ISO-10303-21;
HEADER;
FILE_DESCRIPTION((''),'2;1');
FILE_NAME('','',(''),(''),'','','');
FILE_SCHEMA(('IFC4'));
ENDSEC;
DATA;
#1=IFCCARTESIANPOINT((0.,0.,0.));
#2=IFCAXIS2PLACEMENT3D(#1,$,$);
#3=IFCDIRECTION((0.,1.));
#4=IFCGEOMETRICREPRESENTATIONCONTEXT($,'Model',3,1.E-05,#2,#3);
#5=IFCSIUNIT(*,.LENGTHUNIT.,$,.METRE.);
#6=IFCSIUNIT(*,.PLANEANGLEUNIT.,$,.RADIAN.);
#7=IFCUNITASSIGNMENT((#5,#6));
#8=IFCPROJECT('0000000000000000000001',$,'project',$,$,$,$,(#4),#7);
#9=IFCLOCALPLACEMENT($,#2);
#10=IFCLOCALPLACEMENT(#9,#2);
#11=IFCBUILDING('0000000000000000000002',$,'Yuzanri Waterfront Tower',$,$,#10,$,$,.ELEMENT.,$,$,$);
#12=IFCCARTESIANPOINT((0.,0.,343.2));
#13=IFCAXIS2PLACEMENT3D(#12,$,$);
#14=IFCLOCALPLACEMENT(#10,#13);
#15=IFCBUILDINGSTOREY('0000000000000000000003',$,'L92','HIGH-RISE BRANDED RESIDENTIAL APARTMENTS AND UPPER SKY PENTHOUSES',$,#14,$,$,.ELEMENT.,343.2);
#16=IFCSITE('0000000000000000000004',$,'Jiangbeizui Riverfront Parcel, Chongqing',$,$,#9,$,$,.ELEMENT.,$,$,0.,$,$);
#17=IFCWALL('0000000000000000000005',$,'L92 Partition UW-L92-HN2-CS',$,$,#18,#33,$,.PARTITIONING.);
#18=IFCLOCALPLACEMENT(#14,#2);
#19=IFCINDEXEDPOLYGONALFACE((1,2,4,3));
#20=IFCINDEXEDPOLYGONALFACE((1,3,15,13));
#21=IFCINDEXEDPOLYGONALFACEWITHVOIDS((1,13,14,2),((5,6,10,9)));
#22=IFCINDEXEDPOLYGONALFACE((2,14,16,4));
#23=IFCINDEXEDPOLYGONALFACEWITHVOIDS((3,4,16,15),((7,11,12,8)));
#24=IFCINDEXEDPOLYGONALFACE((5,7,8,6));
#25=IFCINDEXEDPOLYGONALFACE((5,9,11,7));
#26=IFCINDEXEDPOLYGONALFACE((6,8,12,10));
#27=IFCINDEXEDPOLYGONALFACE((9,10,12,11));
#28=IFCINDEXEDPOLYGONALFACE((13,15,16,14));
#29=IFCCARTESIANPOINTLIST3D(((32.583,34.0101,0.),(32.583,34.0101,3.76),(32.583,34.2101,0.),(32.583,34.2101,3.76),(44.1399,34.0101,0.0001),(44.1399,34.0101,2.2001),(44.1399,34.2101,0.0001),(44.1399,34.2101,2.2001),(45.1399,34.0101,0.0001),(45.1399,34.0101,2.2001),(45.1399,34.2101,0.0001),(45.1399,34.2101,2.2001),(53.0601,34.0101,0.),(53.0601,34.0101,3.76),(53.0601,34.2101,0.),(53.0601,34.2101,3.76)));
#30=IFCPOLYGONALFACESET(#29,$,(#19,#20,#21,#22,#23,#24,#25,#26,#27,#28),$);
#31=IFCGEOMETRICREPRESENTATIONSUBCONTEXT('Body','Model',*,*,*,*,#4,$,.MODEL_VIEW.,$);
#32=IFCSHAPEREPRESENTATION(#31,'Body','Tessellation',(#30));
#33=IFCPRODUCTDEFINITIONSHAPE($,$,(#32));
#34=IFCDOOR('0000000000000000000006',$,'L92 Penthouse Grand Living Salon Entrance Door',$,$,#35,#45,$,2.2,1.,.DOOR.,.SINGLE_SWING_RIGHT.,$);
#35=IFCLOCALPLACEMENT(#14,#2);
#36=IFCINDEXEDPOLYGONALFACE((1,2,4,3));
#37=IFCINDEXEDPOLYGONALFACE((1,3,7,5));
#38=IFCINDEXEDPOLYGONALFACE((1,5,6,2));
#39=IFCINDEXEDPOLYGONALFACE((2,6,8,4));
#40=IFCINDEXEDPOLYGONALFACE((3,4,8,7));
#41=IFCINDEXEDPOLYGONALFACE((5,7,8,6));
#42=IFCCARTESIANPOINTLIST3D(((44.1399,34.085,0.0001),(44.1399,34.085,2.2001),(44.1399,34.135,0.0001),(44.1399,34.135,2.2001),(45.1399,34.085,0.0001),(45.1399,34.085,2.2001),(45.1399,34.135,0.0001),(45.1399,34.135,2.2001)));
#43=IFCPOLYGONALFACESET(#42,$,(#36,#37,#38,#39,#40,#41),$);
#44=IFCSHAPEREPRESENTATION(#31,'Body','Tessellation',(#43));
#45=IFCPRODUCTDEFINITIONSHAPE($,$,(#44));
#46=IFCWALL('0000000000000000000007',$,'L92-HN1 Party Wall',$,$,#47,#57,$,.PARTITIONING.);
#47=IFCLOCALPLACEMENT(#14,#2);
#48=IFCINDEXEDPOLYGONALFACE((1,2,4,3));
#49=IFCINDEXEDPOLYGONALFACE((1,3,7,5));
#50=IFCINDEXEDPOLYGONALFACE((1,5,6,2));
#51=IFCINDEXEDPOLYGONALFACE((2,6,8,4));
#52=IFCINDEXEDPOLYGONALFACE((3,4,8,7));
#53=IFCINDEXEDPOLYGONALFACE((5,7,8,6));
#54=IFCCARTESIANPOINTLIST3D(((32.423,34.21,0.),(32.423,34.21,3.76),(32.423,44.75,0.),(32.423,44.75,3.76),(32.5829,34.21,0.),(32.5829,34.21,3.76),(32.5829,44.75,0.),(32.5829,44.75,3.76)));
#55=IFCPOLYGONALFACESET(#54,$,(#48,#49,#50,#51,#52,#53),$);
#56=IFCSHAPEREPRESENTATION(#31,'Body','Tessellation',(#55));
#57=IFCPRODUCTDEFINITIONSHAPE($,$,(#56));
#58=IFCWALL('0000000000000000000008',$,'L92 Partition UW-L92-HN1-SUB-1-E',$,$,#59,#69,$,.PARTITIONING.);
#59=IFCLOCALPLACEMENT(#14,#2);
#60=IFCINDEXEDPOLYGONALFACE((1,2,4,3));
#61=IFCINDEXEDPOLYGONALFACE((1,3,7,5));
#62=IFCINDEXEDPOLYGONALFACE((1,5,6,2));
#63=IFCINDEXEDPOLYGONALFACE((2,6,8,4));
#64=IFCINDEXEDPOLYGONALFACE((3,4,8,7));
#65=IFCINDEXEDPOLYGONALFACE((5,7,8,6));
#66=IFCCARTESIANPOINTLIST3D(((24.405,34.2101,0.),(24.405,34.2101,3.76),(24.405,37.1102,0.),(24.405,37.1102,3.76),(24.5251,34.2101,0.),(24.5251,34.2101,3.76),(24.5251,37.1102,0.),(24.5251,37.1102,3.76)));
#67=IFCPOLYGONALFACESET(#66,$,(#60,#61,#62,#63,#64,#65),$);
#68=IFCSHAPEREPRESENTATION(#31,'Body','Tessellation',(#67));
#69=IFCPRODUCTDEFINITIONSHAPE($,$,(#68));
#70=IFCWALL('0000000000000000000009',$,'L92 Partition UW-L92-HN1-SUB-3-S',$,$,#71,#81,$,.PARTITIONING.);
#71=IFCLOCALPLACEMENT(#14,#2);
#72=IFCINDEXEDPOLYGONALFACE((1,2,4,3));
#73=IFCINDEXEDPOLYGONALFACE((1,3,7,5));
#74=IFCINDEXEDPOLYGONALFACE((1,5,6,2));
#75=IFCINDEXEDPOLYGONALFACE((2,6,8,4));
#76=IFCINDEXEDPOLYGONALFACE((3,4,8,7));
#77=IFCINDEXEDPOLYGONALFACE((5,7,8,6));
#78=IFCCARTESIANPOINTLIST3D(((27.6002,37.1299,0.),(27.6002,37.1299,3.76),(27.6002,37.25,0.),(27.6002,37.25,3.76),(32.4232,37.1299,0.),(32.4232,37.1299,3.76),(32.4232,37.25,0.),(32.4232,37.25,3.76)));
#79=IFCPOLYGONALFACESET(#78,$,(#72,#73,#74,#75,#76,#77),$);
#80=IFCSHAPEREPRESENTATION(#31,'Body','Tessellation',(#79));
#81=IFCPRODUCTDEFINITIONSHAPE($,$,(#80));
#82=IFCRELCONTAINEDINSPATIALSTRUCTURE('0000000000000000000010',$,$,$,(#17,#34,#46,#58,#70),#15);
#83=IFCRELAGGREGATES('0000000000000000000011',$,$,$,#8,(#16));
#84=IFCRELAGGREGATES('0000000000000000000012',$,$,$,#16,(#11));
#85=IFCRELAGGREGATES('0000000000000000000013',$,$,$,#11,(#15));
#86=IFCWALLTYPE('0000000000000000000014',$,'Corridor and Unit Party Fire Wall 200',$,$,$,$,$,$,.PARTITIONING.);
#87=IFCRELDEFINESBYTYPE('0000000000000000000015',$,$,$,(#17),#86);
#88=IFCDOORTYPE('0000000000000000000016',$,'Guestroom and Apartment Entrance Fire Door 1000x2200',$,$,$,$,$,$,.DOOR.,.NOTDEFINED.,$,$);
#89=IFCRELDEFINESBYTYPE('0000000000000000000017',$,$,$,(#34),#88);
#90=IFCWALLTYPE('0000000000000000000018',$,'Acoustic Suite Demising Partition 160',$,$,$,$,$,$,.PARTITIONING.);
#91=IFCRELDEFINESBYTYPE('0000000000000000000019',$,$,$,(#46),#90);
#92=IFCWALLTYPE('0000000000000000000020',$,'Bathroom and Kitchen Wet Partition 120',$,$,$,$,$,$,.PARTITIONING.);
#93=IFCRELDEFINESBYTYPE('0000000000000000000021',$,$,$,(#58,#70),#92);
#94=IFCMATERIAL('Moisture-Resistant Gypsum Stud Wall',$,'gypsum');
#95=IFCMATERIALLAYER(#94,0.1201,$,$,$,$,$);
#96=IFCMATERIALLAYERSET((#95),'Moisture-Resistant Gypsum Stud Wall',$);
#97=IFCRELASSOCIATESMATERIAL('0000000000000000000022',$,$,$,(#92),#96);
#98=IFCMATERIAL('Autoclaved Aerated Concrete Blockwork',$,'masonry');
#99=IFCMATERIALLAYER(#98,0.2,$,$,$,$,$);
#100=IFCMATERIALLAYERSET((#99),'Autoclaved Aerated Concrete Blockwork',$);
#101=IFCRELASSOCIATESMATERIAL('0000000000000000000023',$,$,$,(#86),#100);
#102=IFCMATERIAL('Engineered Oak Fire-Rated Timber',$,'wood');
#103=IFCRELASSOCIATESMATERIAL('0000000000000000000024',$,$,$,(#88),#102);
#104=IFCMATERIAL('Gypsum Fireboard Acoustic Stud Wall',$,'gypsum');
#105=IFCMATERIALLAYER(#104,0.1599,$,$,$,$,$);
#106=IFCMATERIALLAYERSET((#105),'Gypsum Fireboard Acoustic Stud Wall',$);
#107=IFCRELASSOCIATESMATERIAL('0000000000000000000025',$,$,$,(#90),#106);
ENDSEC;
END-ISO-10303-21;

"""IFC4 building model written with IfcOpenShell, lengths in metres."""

from ifc_helpers import new_model, si_unit, direction, frame, frame_2d, origin, place, context, subcontext, project, spatial, rectangle, extrude, source, transform, mapped, material, layer, layer_set, type_object, element, fill, save


model = new_model("IFC4")

# Units and contexts
model_context = context("Model", 3, precision=1e-05, world=origin(), true_north=direction((0.0, 1.0)))
body_context = subcontext(model_context, "Body", "Model", "MODEL_VIEW")
ifc_project = project(units=[si_unit("LENGTHUNIT", "METRE"), si_unit("PLANEANGLEUNIT", "RADIAN")], contexts=[model_context])

# Site, building, storey
site_placement = place(None, origin())
site = spatial("IfcSite", under=ifc_project, at=site_placement, Name="Jiangbeizui Riverfront Parcel, Chongqing", CompositionType="ELEMENT", RefElevation=0.0)
building_placement = place(site_placement, origin())
building = spatial("IfcBuilding", under=site, at=building_placement, Name="Yuzanri Waterfront Tower", CompositionType="ELEMENT")
storey_placement = place(building_placement, frame((0.0, 0.0, 343.2)))
storey = spatial("IfcBuildingStorey", under=building, at=storey_placement, Name="L92", Description="HIGH-RISE BRANDED RESIDENTIAL APARTMENTS AND UPPER SKY PENTHOUSES", CompositionType="ELEMENT", Elevation=343.2)

# Wall, opening, door
ifc_material_1 = material(Name="Moisture-Resistant Gypsum Stud Wall", Category="gypsum")
ifc_layer_1 = layer(ifc_material_1, 0.1201)
ifc_layer_set_1 = layer_set([ifc_layer_1], Name="Moisture-Resistant Gypsum Stud Wall")
wall_type_1 = type_object("IfcWallType", Name="Bathroom and Kitchen Wet Partition 120", PredefinedType="PARTITIONING", material=ifc_layer_set_1)
ifc_material_2 = material(Name="Autoclaved Aerated Concrete Blockwork", Category="masonry")
ifc_layer_2 = layer(ifc_material_2, 0.2)
ifc_layer_set_2 = layer_set([ifc_layer_2], Name="Autoclaved Aerated Concrete Blockwork")
wall_type_2 = type_object("IfcWallType", Name="Corridor and Unit Party Fire Wall 200", PredefinedType="PARTITIONING", material=ifc_layer_set_2)
wall_1_placement = place(storey_placement, frame((32.583, 34.1101, 0.0), z_axis=(0.0, 0.0, 1.0), x_axis=(1.0, 0.0, 0.0)))
wall_1 = element("IfcWall", 1, at=wall_1_placement, inside=storey, type_object=wall_type_2, Name="L92 Partition UW-L92-HN2-CS", PredefinedType="PARTITIONING", context=body_context, shape_type="SweptSolid", body=[
    extrude(rectangle(XDim=20.4771, YDim=0.2, at=frame_2d((10.2385, 0.0))), origin(), (0.0, 0.0, 1.0), 3.76),
])
opening_1_placement = place(wall_1_placement, frame((11.5569, 0.0, 0.0)))
opening_1 = element("IfcOpeningElement", 2, at=opening_1_placement, cuts=wall_1, PredefinedType="OPENING", context=body_context, shape_type="SweptSolid", body=[
    extrude(rectangle(XDim=1.0, YDim=2.2, at=frame_2d((0.5, 1.1001))), frame((0.0, 0.1147, 0.0), z_axis=(0.0, -1.0, 0.0), x_axis=(1.0, 0.0, 0.0)), (0.0, 0.0, 1.0), 0.2297),
])
ifc_material_3 = material(Name="Engineered Oak Fire-Rated Timber", Category="wood")
door_type_1 = type_object("IfcDoorType", Name="Guestroom and Apartment Entrance Fire Door 1000x2200", OperationType="NOTDEFINED", PredefinedType="DOOR", material=ifc_material_3)
shared_shape_1 = source(origin(), body_context, "Body", "SweptSolid", [
    extrude(rectangle(XDim=1.0, YDim=2.2, at=frame_2d((0.5, 1.1001))), frame((0.0, 0.0249, 0.0), z_axis=(0.0, -1.0, 0.0), x_axis=(1.0, 0.0, 0.0)), (0.0, 0.0, 1.0), 0.05),
])
door_1_placement = place(opening_1_placement, origin())
door_1 = element("IfcDoor", 3, at=door_1_placement, inside=storey, type_object=door_type_1, Name="L92 Penthouse Grand Living Salon Entrance Door", OperationType="SINGLE_SWING_RIGHT", OverallHeight=2.2, OverallWidth=1.0, PredefinedType="DOOR", context=body_context, shape_type="MappedRepresentation", body=[
    mapped(shared_shape_1, transform((0.0, 0.0, 0.0), scale=1.0)),
])
fill(opening_1, door_1)

# Walls
ifc_material_4 = material(Name="Gypsum Fireboard Acoustic Stud Wall", Category="gypsum")
ifc_layer_3 = layer(ifc_material_4, 0.1599)
ifc_layer_set_3 = layer_set([ifc_layer_3], Name="Gypsum Fireboard Acoustic Stud Wall")
wall_type_3 = type_object("IfcWallType", Name="Acoustic Suite Demising Partition 160", PredefinedType="PARTITIONING", material=ifc_layer_set_3)
shared_shape_2 = source(origin(), body_context, "Body", "SweptSolid", [
    extrude(rectangle(XDim=10.54, YDim=0.1599, at=frame_2d((5.27, 0.0))), origin(), (0.0, 0.0, 1.0), 3.76),
])
wall_2_placement = place(storey_placement, frame((32.5029, 34.21, 0.0), z_axis=(0.0, 0.0, 1.0), x_axis=(0.0, 1.0, 0.0)))
element("IfcWall", 4, at=wall_2_placement, inside=storey, type_object=wall_type_3, Name="L92-HN1 Party Wall", PredefinedType="PARTITIONING", context=body_context, shape_type="MappedRepresentation", body=[
    mapped(shared_shape_2, transform((0.0, 0.0, 0.0), scale=1.0)),
])
shared_shape_3 = source(origin(), body_context, "Body", "SweptSolid", [
    extrude(rectangle(XDim=2.9001, YDim=0.1201, at=frame_2d((1.4502, 0.0))), origin(), (0.0, 0.0, 1.0), 3.76),
])
wall_3_placement = place(storey_placement, frame((24.4651, 34.21, 0.0), z_axis=(0.0, 0.0, 1.0), x_axis=(0.0, 1.0, 0.0)))
element("IfcWall", 5, at=wall_3_placement, inside=storey, type_object=wall_type_1, Name="L92 Partition UW-L92-HN1-SUB-1-E", PredefinedType="PARTITIONING", context=body_context, shape_type="MappedRepresentation", body=[
    mapped(shared_shape_3, transform((0.0, 0.0, 0.0), scale=1.0)),
])
shared_shape_4 = source(origin(), body_context, "Body", "SweptSolid", [
    extrude(rectangle(XDim=4.823, YDim=0.1201, at=frame_2d((2.4116, 0.0))), origin(), (0.0, 0.0, 1.0), 3.76),
])
wall_4_placement = place(storey_placement, frame((27.6001, 37.1899, 0.0), z_axis=(0.0, 0.0, 1.0), x_axis=(1.0, 0.0, 0.0)))
element("IfcWall", 6, at=wall_4_placement, inside=storey, type_object=wall_type_1, Name="L92 Partition UW-L92-HN1-SUB-3-S", PredefinedType="PARTITIONING", context=body_context, shape_type="MappedRepresentation", body=[
    mapped(shared_shape_4, transform((0.0, 0.0, 0.0), scale=1.0)),
])

save(model, "model.ifc")
